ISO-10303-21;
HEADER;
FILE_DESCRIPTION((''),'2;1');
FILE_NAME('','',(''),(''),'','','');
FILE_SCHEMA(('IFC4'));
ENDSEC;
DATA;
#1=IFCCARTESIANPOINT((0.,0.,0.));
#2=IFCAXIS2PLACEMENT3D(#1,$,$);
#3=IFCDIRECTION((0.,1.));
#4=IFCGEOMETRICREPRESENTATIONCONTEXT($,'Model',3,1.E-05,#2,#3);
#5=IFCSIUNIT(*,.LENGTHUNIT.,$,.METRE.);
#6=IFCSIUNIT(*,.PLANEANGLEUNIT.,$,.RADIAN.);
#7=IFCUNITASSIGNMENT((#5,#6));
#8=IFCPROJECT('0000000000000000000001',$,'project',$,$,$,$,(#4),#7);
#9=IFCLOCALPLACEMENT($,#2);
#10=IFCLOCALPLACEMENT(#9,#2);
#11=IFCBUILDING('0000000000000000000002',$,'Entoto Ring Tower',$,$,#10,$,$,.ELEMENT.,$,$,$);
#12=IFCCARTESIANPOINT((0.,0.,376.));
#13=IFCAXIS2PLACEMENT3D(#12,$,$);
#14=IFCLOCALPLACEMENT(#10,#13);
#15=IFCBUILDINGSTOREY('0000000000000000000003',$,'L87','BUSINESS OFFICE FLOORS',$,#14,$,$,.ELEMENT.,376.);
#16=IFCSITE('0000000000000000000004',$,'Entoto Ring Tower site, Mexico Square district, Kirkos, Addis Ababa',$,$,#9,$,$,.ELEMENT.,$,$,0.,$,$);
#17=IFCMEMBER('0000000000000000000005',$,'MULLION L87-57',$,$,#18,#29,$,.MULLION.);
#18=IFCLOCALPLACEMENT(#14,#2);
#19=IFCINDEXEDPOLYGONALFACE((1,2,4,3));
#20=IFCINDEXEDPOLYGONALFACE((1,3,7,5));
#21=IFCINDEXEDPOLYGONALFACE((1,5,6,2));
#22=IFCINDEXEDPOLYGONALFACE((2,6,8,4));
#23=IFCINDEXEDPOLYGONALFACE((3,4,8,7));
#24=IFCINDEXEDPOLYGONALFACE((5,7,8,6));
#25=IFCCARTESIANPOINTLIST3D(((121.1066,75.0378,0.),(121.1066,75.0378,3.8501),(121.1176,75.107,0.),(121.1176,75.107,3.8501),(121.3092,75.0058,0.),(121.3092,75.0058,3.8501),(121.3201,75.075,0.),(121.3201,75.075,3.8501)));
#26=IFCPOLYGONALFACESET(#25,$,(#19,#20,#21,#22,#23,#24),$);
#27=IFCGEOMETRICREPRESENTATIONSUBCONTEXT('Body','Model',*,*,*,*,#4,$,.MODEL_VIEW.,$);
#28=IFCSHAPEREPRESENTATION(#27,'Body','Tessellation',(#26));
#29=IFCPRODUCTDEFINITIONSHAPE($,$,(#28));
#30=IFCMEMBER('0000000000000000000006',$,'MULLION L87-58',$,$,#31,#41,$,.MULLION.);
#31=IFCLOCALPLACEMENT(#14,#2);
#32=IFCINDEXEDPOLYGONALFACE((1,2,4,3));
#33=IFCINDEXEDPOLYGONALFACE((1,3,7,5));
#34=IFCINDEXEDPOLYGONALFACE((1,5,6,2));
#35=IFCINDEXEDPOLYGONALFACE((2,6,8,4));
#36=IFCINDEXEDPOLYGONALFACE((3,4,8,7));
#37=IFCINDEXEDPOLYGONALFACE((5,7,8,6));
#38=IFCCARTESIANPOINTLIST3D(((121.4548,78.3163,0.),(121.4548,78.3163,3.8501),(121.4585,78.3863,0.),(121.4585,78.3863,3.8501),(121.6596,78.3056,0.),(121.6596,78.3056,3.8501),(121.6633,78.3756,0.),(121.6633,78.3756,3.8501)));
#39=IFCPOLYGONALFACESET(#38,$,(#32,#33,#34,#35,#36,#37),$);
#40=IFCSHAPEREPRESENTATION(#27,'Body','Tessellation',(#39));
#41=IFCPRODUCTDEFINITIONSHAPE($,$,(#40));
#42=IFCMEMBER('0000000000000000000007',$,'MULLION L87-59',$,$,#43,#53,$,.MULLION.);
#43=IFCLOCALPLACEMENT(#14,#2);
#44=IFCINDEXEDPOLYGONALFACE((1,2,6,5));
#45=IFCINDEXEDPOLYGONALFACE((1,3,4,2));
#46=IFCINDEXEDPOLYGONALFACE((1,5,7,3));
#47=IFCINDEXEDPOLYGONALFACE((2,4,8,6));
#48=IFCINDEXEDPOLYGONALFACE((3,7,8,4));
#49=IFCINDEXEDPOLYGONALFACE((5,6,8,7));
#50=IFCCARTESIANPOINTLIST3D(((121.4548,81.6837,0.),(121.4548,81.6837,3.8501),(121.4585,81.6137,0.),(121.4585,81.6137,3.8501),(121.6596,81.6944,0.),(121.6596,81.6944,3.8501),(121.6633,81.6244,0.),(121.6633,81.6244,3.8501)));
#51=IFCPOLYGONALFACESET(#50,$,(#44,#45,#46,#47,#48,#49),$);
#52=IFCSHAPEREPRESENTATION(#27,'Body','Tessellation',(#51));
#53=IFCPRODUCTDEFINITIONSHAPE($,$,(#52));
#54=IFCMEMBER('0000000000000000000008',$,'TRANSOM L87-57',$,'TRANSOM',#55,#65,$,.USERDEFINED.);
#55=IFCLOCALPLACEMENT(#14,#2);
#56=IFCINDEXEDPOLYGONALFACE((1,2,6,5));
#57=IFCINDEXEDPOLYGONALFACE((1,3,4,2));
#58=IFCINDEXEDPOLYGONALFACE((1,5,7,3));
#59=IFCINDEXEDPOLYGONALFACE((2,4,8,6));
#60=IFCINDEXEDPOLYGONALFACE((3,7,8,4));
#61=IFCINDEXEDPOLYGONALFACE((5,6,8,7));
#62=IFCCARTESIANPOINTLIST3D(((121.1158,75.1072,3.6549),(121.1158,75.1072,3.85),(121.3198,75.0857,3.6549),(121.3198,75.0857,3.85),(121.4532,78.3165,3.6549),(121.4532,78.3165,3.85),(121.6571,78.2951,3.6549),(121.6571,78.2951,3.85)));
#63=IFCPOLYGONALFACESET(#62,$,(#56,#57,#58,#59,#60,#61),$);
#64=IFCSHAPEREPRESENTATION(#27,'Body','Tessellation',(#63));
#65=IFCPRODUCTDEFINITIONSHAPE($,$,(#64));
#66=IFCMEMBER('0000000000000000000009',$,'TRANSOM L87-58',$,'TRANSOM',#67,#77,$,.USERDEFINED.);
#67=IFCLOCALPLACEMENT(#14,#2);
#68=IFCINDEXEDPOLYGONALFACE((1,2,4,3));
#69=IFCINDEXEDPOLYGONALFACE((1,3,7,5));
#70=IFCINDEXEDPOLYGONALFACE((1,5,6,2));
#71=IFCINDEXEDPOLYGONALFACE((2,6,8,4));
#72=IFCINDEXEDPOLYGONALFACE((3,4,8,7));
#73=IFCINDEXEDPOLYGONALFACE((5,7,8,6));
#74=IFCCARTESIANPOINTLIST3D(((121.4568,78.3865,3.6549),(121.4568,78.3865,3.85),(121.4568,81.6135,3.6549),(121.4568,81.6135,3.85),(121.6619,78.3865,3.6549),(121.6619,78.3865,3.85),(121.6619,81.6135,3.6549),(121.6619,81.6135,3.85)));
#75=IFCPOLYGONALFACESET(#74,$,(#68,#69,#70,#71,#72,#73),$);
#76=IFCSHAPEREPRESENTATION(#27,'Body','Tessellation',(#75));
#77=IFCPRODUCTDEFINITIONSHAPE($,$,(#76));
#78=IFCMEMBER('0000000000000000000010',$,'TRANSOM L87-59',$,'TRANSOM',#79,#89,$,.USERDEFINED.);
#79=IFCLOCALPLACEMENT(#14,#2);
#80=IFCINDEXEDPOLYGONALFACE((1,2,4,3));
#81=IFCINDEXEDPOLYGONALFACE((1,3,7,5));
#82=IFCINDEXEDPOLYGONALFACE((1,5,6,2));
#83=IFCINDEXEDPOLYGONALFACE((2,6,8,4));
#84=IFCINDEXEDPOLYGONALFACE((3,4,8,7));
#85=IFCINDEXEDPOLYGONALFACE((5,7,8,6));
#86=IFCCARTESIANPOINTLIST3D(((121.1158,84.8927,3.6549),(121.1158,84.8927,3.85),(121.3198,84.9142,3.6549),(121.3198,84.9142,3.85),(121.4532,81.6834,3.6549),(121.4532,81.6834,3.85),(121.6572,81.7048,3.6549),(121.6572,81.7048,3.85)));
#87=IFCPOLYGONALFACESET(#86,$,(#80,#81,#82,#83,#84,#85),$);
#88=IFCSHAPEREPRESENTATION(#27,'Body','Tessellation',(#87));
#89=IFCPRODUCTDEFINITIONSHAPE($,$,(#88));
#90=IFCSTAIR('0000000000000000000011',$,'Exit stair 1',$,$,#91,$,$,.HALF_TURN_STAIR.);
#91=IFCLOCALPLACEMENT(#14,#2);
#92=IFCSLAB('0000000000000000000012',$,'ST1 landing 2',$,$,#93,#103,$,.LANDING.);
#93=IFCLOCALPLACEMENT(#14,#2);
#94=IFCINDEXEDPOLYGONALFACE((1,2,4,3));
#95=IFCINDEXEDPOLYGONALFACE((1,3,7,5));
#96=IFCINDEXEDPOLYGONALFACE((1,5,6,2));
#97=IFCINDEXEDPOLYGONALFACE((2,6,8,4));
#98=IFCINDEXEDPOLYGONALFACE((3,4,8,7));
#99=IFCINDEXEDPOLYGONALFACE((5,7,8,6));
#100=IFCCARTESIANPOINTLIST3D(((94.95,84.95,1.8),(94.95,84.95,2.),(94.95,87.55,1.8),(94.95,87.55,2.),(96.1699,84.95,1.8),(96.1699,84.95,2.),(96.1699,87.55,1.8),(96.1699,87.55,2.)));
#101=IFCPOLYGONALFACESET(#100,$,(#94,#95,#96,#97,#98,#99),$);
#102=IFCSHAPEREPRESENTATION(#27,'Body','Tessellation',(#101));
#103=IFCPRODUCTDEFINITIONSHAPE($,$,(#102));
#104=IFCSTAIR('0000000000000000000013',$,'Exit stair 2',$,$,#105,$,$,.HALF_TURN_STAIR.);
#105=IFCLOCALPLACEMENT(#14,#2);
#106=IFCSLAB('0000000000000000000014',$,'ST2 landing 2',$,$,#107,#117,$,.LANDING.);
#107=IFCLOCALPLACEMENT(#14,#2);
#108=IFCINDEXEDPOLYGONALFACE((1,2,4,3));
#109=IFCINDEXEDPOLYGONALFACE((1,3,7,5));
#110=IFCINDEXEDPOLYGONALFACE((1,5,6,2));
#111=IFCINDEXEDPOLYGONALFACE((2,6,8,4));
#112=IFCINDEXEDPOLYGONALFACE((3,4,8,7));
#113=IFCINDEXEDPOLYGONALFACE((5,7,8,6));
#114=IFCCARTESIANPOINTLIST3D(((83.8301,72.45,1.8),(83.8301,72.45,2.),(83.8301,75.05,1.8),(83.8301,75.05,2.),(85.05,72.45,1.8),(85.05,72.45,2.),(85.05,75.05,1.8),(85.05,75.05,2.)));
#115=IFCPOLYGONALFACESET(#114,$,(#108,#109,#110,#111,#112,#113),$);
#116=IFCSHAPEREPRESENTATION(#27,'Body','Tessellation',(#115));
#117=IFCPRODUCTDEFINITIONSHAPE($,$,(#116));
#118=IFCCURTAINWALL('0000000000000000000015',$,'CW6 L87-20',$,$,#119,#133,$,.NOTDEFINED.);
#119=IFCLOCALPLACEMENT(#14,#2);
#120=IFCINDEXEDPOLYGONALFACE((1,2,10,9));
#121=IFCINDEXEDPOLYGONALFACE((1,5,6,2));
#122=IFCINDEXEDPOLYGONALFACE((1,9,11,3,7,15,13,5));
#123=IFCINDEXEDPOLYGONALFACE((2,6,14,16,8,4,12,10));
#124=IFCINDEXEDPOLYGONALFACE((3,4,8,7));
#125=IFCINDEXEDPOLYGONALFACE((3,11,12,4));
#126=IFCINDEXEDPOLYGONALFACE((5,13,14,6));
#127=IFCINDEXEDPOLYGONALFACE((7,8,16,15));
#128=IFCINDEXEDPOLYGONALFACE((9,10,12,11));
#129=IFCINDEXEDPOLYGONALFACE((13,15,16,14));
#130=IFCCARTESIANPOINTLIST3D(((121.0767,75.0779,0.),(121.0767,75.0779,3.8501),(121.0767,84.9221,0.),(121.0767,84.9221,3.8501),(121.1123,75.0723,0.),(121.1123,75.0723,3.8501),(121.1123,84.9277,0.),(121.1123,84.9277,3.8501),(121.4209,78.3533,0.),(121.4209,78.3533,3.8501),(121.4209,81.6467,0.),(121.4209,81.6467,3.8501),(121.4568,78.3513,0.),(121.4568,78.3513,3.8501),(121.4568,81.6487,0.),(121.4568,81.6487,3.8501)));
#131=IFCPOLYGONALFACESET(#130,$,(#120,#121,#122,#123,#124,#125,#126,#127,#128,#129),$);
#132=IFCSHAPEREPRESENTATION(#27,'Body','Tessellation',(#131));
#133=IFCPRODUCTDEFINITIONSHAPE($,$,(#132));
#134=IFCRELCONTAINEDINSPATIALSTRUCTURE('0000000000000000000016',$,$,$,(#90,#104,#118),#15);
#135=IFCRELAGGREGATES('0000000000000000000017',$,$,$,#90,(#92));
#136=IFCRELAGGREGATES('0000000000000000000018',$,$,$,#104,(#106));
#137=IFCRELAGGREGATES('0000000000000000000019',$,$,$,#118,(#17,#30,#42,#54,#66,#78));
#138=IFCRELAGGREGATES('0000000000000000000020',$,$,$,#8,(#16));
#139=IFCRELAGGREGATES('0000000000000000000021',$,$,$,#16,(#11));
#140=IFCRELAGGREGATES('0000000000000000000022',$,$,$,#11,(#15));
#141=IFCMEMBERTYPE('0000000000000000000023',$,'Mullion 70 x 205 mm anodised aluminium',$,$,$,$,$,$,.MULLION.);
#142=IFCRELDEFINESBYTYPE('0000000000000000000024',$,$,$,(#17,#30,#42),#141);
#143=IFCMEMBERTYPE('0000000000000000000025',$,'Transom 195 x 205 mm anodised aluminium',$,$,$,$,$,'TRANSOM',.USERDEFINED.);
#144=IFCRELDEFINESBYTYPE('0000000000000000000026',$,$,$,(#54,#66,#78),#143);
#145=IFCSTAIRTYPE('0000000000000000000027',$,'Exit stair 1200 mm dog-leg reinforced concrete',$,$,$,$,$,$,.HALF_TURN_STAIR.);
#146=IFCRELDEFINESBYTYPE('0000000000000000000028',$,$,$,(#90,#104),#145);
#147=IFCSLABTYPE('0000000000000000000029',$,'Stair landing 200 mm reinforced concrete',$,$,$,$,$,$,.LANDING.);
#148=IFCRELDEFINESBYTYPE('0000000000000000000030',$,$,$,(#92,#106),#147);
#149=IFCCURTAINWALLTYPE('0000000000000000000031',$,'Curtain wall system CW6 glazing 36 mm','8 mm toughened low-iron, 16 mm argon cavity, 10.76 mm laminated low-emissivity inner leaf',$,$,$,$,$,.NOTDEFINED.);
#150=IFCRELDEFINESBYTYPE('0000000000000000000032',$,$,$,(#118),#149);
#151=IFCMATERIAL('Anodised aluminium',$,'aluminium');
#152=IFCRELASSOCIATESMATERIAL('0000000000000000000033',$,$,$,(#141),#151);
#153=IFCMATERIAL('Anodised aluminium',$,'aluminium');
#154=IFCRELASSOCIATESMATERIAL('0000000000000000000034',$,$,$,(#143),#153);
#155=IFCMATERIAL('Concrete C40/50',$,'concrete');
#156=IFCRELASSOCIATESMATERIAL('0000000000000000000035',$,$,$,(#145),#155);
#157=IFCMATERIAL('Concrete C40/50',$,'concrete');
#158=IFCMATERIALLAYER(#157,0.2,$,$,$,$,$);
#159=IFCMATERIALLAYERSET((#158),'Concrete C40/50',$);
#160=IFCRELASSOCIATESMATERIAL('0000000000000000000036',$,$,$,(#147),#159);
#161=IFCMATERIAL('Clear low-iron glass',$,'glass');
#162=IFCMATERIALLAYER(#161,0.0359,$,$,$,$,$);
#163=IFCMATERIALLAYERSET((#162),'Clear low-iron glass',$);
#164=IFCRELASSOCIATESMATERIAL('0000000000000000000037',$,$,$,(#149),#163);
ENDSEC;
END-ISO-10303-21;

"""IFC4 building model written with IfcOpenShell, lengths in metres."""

from ifc_helpers import new_model, si_unit, direction, frame, origin, origin_2d, place, context, subcontext, project, spatial, polyline, rectangle, outline, extrude, material, layer, layer_set, material_profile, profile_set, type_object, element, aggregate, save


model = new_model("IFC4")

# Units and contexts
model_context = context("Model", 3, precision=1e-05, world=origin(), true_north=direction((0.0, 1.0)))
body_context = subcontext(model_context, "Body", "Model", "MODEL_VIEW")
ifc_project = project(units=[si_unit("LENGTHUNIT", "METRE"), si_unit("PLANEANGLEUNIT", "RADIAN")], contexts=[model_context])

# Members
ifc_material_1 = material(Name="Anodised aluminium", Category="aluminium")
ifc_material_profile_1 = material_profile(ifc_material_1, rectangle(XDim=0.0701, YDim=0.2051, at=origin_2d()), Name="Mullion 70 x 205 mm anodised aluminium")
ifc_profile_set_1 = profile_set([ifc_material_profile_1], Name="Anodised aluminium")
member_type_1 = type_object("IfcMemberType", Name="Mullion 70 x 205 mm anodised aluminium", PredefinedType="MULLION", material=ifc_profile_set_1)
site_placement = place(None, origin())
building_placement = place(site_placement, origin())
storey_placement = place(building_placement, frame((0.0, 0.0, 376.0)))
member_1_placement = place(storey_placement, frame((121.2134, 75.0564, 0.0), z_axis=(0.0, 0.0, 1.0), x_axis=(0.156434, 0.987688, 0.0)))
member_1 = element("IfcMember", 1, at=member_1_placement, type_object=member_type_1, Name="MULLION L87-57", PredefinedType="MULLION", context=body_context, shape_type="SweptSolid", body=[
    extrude(rectangle(XDim=0.0701, YDim=0.2051, at=origin_2d()), origin(), (0.0, 0.0, 1.0), 3.8501),
])
member_2_placement = place(storey_placement, frame((121.5591, 78.3459, 0.0), z_axis=(0.0, 0.0, 1.0), x_axis=(0.052336, 0.99863, 0.0)))
member_2 = element("IfcMember", 2, at=member_2_placement, type_object=member_type_1, Name="MULLION L87-58", PredefinedType="MULLION", context=body_context, shape_type="SweptSolid", body=[
    extrude(rectangle(XDim=0.0701, YDim=0.2051, at=origin_2d()), origin(), (0.0, 0.0, 1.0), 3.8501),
])
member_3_placement = place(storey_placement, frame((121.5591, 81.6541, 0.0), z_axis=(0.0, 0.0, 1.0), x_axis=(-0.052336, 0.99863, 0.0)))
member_3 = element("IfcMember", 3, at=member_3_placement, type_object=member_type_1, Name="MULLION L87-59", PredefinedType="MULLION", context=body_context, shape_type="SweptSolid", body=[
    extrude(rectangle(XDim=0.0701, YDim=0.2051, at=origin_2d()), origin(), (0.0, 0.0, 1.0), 3.8501),
])
ifc_material_2 = material(Name="Anodised aluminium", Category="aluminium")
ifc_material_profile_2 = material_profile(ifc_material_2, rectangle(XDim=0.2051, YDim=0.1951, at=origin_2d()), Name="Transom 195 x 205 mm anodised aluminium")
ifc_profile_set_2 = profile_set([ifc_material_profile_2], Name="Anodised aluminium")
member_type_2 = type_object("IfcMemberType", Name="Transom 195 x 205 mm anodised aluminium", ElementType="TRANSOM", PredefinedType="USERDEFINED", material=ifc_profile_set_2)
member_4_placement = place(storey_placement, frame((121.2178, 75.0964, 3.7524), z_axis=(0.104551, 0.99452, 0.0), x_axis=(-0.99452, 0.104551, 0.0)))
member_4 = element("IfcMember", 4, at=member_4_placement, type_object=member_type_2, Name="TRANSOM L87-57", ObjectType="TRANSOM", PredefinedType="USERDEFINED", context=body_context, shape_type="SweptSolid", body=[
    extrude(rectangle(XDim=0.2051, YDim=0.1951, at=origin_2d()), origin(), (0.0, 0.0, 1.0), 3.2271),
])
member_5_placement = place(storey_placement, frame((121.5593, 78.3865, 3.7524), z_axis=(0.0, 1.0, 0.0), x_axis=(-1.0, 0.0, 0.0)))
member_5 = element("IfcMember", 5, at=member_5_placement, type_object=member_type_2, Name="TRANSOM L87-58", ObjectType="TRANSOM", PredefinedType="USERDEFINED", context=body_context, shape_type="SweptSolid", body=[
    extrude(rectangle(XDim=0.2051, YDim=0.1951, at=origin_2d()), origin(), (0.0, 0.0, 1.0), 3.2271),
])
member_6_placement = place(storey_placement, frame((121.5552, 81.6941, 3.7524), z_axis=(-0.104551, 0.99452, 0.0), x_axis=(-0.99452, -0.104551, 0.0)))
member_6 = element("IfcMember", 6, at=member_6_placement, type_object=member_type_2, Name="TRANSOM L87-59", ObjectType="TRANSOM", PredefinedType="USERDEFINED", context=body_context, shape_type="SweptSolid", body=[
    extrude(rectangle(XDim=0.2051, YDim=0.1951, at=origin_2d()), origin(), (0.0, 0.0, 1.0), 3.2271),
])

# Site, building, storey
site = spatial("IfcSite", under=ifc_project, at=site_placement, Name="Entoto Ring Tower site, Mexico Square district, Kirkos, Addis Ababa", CompositionType="ELEMENT", RefElevation=0.0)
building = spatial("IfcBuilding", under=site, at=building_placement, Name="Entoto Ring Tower", CompositionType="ELEMENT")
storey = spatial("IfcBuildingStorey", under=building, at=storey_placement, Name="L87", Description="BUSINESS OFFICE FLOORS", CompositionType="ELEMENT", Elevation=376.0)

# Stairs, slabs
ifc_material_3 = material(Name="Concrete C40/50", Category="concrete")
stair_type = type_object("IfcStairType", Name="Exit stair 1200 mm dog-leg reinforced concrete", PredefinedType="HALF_TURN_STAIR", material=ifc_material_3)
stair_1_placement = place(storey_placement, origin())
stair_1 = element("IfcStair", 7, at=stair_1_placement, inside=storey, type_object=stair_type, Name="Exit stair 1", PredefinedType="HALF_TURN_STAIR")
ifc_material_4 = material(Name="Concrete C40/50", Category="concrete")
ifc_layer_1 = layer(ifc_material_4, 0.2)
ifc_layer_set_1 = layer_set([ifc_layer_1], Name="Concrete C40/50")
slab_type = type_object("IfcSlabType", Name="Stair landing 200 mm reinforced concrete", PredefinedType="LANDING", material=ifc_layer_set_1)
slab_1_placement = place(storey_placement, frame((0.0, 0.0, 1.8)))
slab_1 = element("IfcSlab", 8, at=slab_1_placement, type_object=slab_type, Name="ST1 landing 2", PredefinedType="LANDING", context=body_context, shape_type="SweptSolid", body=[
    extrude(outline(polyline([(94.95, 84.95), (96.1699, 84.95), (96.1699, 87.55), (94.95, 87.55), (94.95, 84.95)])), origin(), (0.0, 0.0, 1.0), 0.2),
])
aggregate(stair_1, [slab_1])
stair_2_placement = place(storey_placement, origin())
stair_2 = element("IfcStair", 9, at=stair_2_placement, inside=storey, type_object=stair_type, Name="Exit stair 2", PredefinedType="HALF_TURN_STAIR")
slab_2_placement = place(storey_placement, frame((0.0, 0.0, 1.8)))
slab_2 = element("IfcSlab", 10, at=slab_2_placement, type_object=slab_type, Name="ST2 landing 2", PredefinedType="LANDING", context=body_context, shape_type="SweptSolid", body=[
    extrude(outline(polyline([(83.8301, 72.45), (85.05, 72.45), (85.05, 75.05), (83.8301, 75.05), (83.8301, 72.45)])), origin(), (0.0, 0.0, 1.0), 0.2),
])
aggregate(stair_2, [slab_2])

# Curtain wall
ifc_material_5 = material(Name="Clear low-iron glass", Category="glass")
ifc_layer_2 = layer(ifc_material_5, 0.0359)
ifc_layer_set_2 = layer_set([ifc_layer_2], Name="Clear low-iron glass")
curtain_wall_type = type_object("IfcCurtainWallType", Name="Curtain wall system CW6 glazing 36 mm", Description="8 mm toughened low-iron, 16 mm argon cavity, 10.76 mm laminated low-emissivity inner leaf", PredefinedType="NOTDEFINED", material=ifc_layer_set_2)
curtain_wall_1_placement = place(storey_placement, origin())
curtain_wall_1 = element("IfcCurtainWall", 11, at=curtain_wall_1_placement, inside=storey, type_object=curtain_wall_type, Name="CW6 L87-20", PredefinedType="NOTDEFINED", context=body_context, shape_type="SweptSolid", body=[
    extrude(outline(polyline([(121.1123, 75.0723), (121.4568, 78.3513), (121.4568, 81.6487), (121.1123, 84.9277), (121.0767, 84.9221), (121.4209, 81.6467), (121.4209, 78.3533), (121.0767, 75.0779), (121.1123, 75.0723)])), origin(), (0.0, 0.0, 1.0), 3.8501),
])
aggregate(curtain_wall_1, [member_1, member_2, member_3, member_4, member_5, member_6])

save(model, "model.ifc")
